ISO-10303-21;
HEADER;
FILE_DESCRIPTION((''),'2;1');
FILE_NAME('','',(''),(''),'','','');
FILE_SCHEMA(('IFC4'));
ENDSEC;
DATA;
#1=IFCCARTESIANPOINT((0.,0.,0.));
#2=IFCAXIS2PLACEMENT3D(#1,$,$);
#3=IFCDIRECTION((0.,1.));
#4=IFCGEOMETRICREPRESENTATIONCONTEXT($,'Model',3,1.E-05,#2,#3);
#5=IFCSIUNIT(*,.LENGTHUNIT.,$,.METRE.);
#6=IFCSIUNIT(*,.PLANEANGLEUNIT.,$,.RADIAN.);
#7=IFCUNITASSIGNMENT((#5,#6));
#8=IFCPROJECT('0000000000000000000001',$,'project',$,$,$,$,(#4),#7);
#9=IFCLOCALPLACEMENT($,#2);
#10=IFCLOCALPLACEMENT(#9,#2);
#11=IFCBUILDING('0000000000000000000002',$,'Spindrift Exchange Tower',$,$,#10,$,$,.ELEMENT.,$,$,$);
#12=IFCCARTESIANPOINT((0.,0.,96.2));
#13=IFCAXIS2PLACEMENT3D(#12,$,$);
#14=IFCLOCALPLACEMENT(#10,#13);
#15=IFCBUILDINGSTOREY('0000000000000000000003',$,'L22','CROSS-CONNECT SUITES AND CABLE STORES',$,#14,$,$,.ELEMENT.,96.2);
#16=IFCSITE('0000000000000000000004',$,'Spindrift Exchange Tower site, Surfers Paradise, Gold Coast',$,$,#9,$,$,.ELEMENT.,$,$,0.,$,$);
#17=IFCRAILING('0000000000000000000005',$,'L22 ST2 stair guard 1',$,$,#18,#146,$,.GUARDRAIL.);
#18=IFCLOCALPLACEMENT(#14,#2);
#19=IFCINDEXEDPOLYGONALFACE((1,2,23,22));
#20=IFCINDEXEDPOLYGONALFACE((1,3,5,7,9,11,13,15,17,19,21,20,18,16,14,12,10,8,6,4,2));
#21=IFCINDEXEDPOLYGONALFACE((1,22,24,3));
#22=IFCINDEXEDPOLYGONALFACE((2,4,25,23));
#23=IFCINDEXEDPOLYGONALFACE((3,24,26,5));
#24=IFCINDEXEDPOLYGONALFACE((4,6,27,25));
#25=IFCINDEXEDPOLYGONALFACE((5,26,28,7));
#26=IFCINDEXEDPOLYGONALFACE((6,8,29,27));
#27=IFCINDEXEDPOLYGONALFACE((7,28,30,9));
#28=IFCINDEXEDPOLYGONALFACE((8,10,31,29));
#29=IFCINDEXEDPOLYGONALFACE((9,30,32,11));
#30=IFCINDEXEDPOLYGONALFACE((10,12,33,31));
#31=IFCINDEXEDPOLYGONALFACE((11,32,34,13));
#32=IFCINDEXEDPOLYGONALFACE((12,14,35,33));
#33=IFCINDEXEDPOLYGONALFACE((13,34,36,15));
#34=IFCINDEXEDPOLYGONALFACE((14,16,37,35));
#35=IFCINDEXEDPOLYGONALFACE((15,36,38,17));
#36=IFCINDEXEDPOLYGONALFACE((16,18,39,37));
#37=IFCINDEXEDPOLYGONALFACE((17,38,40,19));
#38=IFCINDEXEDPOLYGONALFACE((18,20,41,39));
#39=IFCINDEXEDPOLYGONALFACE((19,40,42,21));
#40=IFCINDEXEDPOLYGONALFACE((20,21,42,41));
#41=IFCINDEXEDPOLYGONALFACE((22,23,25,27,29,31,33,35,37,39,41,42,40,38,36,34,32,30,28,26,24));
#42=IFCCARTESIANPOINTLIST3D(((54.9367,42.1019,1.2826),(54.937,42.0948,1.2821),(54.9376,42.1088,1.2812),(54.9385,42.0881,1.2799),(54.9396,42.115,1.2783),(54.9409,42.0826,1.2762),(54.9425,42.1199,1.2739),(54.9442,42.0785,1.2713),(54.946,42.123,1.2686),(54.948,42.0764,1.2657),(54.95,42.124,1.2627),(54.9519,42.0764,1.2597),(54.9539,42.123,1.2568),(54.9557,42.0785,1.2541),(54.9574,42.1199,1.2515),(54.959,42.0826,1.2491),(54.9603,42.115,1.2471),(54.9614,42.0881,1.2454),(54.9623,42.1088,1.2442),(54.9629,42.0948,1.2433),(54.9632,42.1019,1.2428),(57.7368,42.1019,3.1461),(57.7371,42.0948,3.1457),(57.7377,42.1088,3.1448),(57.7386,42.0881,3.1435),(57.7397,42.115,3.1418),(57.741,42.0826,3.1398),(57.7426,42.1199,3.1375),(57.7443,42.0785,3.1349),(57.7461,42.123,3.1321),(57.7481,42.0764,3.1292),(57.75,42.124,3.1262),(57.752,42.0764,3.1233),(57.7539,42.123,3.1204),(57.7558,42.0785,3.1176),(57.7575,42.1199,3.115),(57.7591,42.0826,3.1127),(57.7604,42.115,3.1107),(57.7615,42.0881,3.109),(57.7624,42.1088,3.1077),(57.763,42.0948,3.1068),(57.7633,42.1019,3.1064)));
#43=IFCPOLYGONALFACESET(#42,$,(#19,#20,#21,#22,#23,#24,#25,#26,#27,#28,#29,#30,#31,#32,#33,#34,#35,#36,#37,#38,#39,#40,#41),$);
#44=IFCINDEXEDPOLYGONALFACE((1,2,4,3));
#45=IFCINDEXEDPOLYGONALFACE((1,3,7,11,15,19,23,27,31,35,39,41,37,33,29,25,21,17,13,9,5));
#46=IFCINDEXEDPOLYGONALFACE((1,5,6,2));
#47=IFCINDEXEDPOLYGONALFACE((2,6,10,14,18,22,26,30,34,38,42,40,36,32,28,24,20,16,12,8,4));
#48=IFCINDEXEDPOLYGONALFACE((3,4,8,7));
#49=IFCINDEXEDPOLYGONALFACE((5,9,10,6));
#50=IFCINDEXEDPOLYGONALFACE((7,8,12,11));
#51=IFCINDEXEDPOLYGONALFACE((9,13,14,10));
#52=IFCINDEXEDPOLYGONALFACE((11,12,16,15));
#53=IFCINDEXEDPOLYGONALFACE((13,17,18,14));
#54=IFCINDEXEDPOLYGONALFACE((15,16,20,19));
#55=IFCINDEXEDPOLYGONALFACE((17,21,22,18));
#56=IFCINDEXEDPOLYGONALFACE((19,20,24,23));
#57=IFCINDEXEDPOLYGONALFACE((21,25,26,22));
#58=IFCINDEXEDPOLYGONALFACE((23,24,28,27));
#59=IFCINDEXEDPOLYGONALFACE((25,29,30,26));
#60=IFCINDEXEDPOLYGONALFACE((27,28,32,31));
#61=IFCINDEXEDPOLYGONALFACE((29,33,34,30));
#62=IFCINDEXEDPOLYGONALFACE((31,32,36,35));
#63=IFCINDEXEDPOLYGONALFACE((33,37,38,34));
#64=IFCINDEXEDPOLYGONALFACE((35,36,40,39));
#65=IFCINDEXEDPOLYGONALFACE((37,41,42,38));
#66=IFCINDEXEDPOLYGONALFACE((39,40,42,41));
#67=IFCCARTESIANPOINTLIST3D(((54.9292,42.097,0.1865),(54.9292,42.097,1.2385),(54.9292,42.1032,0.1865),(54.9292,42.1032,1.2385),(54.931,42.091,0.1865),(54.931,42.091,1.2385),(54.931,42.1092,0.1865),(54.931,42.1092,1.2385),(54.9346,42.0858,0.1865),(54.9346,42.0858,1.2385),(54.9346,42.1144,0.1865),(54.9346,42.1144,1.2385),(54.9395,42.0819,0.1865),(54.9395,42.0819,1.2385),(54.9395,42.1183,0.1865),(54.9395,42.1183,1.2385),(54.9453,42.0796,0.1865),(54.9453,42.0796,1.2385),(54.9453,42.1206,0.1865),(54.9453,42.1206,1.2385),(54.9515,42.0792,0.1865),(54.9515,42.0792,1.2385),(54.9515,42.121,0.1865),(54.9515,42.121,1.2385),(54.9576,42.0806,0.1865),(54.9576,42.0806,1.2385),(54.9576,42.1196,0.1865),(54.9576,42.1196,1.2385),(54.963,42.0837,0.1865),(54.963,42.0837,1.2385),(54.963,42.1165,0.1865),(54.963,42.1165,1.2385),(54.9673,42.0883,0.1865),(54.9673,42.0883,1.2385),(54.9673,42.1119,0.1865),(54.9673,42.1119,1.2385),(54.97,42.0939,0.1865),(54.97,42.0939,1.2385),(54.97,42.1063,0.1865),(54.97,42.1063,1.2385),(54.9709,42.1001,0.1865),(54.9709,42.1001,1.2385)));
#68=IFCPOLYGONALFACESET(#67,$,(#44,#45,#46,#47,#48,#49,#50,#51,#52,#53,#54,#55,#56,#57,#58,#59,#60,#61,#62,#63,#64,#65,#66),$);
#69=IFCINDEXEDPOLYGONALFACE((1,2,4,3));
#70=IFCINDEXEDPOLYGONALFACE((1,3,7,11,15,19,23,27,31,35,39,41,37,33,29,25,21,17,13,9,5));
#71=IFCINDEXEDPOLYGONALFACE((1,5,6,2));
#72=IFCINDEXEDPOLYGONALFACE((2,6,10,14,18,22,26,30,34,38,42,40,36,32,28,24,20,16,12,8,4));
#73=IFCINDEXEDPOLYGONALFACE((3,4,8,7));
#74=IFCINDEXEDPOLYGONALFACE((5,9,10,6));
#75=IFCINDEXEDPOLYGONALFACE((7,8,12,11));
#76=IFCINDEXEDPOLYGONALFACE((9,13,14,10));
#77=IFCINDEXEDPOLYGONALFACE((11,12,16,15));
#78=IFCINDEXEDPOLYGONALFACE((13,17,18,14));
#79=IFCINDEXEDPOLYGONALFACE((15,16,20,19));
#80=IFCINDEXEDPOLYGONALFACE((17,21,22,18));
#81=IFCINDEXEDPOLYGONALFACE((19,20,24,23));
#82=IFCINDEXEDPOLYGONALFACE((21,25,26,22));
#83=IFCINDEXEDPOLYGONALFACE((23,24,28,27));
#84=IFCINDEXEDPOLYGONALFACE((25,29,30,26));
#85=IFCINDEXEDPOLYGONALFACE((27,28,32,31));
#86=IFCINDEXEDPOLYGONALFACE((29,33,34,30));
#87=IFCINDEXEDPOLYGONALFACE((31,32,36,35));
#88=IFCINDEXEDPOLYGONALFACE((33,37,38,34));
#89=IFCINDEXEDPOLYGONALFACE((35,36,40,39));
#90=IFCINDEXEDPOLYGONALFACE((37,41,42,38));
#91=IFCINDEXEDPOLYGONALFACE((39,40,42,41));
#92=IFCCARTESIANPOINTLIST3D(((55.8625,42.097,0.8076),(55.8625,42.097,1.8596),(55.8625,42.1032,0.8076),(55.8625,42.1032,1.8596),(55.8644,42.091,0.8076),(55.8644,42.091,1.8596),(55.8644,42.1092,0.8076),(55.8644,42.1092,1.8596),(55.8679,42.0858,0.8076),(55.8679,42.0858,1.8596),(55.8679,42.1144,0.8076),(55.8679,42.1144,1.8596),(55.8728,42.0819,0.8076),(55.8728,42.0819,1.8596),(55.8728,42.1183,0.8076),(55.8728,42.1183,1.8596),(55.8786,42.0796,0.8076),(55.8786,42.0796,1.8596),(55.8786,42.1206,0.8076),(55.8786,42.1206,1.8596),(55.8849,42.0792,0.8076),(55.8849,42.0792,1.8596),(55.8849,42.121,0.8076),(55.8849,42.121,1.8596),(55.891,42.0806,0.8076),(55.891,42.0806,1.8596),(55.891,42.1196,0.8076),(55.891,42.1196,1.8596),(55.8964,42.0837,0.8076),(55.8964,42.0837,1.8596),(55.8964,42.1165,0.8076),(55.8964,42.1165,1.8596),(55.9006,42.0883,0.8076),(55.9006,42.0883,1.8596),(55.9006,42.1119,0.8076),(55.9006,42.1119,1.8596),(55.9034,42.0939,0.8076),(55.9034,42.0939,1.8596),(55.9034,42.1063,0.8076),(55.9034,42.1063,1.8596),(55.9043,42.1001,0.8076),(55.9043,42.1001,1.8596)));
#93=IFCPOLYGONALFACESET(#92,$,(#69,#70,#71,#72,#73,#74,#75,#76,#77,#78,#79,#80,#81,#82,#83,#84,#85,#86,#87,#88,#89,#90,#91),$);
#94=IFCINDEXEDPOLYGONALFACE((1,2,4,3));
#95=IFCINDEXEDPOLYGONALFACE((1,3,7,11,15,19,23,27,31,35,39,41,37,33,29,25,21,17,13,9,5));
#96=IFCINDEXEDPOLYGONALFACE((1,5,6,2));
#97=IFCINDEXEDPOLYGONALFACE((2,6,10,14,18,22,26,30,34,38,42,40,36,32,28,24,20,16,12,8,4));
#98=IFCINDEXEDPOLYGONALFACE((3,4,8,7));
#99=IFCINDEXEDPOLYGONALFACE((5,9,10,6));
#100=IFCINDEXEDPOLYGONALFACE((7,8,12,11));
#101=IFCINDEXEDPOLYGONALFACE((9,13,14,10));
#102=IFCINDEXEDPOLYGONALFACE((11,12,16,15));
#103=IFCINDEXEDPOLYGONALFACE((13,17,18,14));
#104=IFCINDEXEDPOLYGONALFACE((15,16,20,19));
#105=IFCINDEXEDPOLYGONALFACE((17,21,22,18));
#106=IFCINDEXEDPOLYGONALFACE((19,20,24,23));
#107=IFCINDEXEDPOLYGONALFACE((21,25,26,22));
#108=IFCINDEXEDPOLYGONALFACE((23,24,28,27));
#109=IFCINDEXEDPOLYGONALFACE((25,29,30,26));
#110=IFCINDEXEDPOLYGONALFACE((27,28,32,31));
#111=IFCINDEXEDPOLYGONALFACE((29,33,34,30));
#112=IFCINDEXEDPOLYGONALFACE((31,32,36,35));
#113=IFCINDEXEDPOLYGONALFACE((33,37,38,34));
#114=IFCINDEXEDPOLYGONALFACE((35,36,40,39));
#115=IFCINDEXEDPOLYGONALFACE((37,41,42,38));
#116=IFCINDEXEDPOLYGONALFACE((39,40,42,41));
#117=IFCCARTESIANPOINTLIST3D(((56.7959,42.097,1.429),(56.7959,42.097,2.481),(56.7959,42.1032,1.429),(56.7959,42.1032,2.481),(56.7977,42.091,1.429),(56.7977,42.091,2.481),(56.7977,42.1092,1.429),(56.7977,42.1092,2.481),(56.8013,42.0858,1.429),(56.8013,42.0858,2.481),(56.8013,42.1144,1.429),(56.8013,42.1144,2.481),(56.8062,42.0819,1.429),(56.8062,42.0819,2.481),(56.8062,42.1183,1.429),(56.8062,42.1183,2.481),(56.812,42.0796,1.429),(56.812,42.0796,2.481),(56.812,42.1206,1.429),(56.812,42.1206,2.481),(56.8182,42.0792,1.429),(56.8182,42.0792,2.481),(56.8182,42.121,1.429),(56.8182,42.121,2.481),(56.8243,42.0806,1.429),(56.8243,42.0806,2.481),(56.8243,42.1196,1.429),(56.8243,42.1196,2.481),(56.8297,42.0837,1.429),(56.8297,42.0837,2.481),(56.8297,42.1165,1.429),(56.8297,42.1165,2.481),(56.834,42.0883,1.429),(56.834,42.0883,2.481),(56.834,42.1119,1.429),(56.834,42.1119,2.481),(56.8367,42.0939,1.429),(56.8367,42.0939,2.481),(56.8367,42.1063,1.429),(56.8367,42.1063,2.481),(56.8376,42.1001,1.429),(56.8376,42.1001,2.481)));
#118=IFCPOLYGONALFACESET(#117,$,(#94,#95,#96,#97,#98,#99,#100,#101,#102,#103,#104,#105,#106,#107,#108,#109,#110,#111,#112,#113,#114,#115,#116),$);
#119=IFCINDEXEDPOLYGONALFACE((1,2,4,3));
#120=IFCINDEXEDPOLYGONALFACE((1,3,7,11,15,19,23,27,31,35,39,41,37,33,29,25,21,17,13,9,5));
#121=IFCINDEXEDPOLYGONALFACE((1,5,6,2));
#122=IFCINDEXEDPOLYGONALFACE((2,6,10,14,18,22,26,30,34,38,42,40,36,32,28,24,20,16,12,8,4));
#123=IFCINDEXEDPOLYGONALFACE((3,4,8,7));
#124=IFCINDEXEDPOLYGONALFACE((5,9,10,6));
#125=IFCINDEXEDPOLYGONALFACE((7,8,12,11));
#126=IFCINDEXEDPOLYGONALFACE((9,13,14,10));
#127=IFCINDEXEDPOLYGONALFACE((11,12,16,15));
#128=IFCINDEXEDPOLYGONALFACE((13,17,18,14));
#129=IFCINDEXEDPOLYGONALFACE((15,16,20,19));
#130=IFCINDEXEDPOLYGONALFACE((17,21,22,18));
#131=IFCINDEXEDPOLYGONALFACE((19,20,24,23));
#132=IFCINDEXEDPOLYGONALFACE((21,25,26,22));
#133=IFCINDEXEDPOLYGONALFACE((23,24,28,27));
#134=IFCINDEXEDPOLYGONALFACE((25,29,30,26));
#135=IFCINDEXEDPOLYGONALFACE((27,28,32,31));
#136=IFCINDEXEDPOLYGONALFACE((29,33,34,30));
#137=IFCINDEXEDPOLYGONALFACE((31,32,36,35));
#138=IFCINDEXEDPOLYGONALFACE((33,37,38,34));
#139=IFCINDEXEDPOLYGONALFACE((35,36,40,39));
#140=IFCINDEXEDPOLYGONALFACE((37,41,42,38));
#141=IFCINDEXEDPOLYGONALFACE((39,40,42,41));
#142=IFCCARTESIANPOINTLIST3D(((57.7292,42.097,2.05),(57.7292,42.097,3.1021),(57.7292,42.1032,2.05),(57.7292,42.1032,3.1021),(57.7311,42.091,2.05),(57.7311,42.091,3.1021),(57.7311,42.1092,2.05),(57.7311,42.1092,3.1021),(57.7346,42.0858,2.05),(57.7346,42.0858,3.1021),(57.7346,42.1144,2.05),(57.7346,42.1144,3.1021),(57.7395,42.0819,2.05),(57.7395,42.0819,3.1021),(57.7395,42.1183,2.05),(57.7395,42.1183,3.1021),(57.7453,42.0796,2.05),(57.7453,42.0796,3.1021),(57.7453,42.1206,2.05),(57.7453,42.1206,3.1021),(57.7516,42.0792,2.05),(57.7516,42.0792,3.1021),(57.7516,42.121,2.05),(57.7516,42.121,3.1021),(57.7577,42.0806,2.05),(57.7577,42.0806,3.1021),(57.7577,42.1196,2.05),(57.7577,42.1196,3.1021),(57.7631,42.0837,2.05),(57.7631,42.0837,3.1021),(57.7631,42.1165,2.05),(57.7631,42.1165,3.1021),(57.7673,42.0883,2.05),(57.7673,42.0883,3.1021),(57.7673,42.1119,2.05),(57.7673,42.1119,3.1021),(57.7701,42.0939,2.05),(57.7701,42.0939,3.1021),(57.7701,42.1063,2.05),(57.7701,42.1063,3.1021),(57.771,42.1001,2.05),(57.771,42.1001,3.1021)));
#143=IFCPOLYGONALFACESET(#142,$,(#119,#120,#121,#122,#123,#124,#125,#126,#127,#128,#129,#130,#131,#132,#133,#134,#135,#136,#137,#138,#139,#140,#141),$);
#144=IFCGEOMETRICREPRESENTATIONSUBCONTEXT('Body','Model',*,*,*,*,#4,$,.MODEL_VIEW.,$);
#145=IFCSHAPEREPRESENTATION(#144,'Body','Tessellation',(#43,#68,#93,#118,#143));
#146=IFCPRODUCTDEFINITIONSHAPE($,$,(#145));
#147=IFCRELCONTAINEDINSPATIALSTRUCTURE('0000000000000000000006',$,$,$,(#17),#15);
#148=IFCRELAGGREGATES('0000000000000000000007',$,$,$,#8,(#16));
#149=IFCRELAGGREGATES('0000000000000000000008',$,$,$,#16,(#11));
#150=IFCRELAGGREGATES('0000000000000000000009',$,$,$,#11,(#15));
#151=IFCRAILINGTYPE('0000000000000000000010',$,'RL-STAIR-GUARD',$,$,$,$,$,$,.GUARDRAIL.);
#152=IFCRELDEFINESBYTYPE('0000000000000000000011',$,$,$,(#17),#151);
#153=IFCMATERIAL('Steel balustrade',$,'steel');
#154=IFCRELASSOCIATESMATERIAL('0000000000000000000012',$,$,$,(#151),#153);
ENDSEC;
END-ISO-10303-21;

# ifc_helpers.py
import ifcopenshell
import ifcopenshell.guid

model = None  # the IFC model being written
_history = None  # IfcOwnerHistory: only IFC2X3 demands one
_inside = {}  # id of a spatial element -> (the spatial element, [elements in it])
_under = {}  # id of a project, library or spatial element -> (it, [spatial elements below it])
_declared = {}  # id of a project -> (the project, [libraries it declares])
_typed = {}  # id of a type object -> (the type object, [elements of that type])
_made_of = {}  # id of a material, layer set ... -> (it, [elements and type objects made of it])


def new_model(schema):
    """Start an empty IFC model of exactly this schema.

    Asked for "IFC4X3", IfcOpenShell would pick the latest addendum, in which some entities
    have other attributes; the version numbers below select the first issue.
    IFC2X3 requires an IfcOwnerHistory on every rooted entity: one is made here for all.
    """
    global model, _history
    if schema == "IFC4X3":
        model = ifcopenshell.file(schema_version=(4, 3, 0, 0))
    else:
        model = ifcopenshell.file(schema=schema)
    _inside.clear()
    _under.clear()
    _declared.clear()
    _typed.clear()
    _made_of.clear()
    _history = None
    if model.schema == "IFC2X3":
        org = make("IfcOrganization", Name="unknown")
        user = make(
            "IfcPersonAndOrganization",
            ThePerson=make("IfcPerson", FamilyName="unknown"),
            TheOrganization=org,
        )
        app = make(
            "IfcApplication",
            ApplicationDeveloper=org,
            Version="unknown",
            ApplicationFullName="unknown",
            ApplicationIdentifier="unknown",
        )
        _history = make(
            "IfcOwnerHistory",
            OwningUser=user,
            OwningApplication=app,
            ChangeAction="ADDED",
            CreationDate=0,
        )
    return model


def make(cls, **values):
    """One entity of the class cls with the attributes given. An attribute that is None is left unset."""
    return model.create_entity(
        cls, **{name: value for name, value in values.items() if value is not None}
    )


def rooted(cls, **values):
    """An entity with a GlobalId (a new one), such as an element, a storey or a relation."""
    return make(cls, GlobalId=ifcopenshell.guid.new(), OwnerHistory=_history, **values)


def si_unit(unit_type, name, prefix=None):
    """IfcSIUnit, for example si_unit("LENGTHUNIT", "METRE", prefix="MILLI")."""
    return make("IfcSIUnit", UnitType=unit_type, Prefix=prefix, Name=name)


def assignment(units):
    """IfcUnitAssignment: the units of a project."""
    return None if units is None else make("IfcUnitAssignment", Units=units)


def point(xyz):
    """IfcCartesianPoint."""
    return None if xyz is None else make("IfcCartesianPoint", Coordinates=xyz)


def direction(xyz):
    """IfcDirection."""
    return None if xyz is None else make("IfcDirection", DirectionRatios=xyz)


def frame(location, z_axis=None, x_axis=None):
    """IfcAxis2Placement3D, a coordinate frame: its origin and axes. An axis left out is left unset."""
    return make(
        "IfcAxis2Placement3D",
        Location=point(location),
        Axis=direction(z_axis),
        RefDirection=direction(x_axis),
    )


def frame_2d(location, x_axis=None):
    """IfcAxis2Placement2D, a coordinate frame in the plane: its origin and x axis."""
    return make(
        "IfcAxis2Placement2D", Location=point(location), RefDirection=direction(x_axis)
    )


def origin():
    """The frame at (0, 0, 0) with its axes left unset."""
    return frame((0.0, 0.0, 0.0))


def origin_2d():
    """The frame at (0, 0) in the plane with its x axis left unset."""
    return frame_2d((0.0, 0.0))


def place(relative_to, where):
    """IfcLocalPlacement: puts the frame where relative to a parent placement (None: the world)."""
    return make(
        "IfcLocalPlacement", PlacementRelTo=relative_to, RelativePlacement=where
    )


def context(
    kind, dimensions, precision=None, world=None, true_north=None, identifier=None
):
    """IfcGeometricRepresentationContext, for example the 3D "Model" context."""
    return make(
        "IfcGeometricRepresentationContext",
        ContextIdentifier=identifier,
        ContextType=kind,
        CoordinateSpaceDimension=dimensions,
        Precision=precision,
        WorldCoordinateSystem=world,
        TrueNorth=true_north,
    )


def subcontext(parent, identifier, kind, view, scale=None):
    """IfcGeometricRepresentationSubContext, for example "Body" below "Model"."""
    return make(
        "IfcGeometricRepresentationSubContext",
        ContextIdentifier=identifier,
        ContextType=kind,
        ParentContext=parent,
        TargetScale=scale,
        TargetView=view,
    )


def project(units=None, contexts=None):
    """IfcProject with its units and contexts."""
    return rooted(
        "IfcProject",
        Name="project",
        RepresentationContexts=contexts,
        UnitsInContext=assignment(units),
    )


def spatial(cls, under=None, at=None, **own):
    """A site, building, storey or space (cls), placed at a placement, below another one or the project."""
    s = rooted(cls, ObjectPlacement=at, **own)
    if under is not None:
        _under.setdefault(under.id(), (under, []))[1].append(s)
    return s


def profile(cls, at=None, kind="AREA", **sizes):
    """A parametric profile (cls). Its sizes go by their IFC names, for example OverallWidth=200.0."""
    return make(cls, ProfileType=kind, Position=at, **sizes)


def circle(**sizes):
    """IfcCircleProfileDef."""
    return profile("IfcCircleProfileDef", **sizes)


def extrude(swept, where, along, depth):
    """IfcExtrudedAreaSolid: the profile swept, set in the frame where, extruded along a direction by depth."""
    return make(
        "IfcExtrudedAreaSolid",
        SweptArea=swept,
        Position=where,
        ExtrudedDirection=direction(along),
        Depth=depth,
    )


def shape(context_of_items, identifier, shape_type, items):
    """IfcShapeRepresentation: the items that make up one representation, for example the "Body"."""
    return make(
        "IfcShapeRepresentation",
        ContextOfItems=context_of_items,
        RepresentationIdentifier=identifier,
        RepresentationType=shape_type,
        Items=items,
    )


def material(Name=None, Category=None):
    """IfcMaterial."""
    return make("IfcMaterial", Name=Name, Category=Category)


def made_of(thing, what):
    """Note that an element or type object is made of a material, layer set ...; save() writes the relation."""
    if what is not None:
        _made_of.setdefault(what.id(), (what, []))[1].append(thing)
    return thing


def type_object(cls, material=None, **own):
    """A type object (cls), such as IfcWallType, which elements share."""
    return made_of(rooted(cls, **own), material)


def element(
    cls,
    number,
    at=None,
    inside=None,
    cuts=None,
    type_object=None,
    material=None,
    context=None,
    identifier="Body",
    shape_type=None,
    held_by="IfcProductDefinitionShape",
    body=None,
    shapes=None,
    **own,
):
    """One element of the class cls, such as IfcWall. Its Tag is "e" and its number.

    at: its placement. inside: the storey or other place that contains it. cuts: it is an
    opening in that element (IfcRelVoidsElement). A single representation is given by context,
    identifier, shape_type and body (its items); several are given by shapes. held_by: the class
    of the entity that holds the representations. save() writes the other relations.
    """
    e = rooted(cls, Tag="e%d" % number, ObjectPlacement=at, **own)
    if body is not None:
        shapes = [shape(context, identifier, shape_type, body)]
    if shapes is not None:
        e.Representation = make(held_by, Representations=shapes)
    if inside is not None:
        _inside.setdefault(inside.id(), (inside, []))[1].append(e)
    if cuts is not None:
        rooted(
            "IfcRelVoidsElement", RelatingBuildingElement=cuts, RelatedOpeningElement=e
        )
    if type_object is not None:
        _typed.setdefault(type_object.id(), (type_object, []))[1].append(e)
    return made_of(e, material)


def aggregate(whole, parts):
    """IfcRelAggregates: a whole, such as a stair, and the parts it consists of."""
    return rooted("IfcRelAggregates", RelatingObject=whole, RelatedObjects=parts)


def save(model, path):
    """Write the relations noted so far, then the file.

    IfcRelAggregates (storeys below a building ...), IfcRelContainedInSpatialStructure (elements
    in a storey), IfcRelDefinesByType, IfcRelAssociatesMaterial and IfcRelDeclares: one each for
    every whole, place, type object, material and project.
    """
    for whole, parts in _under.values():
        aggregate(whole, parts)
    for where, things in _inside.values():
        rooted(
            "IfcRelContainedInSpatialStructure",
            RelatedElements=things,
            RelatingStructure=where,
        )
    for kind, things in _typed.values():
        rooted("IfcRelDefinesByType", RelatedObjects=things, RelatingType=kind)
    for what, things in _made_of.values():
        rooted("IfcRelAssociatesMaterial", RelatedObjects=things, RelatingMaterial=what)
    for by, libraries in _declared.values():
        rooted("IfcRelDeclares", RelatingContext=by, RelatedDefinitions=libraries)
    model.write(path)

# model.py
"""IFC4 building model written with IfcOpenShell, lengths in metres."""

from ifc_helpers import new_model, si_unit, direction, frame, origin, origin_2d, place, context, subcontext, project, spatial, circle, extrude, material, type_object, element, save


model = new_model("IFC4")

# Units and contexts
model_context = context("Model", 3, precision=1e-05, world=origin(), true_north=direction((0.0, 1.0)))
body_context = subcontext(model_context, "Body", "Model", "MODEL_VIEW")
ifc_project = project(units=[si_unit("LENGTHUNIT", "METRE"), si_unit("PLANEANGLEUNIT", "RADIAN")], contexts=[model_context])

# Site, building, storey
site_placement = place(None, origin())
site = spatial("IfcSite", under=ifc_project, at=site_placement, Name="Spindrift Exchange Tower site, Surfers Paradise, Gold Coast", CompositionType="ELEMENT", RefElevation=0.0)
building_placement = place(site_placement, origin())
building = spatial("IfcBuilding", under=site, at=building_placement, Name="Spindrift Exchange Tower", CompositionType="ELEMENT")
storey_placement = place(building_placement, frame((0.0, 0.0, 96.2)))
storey = spatial("IfcBuildingStorey", under=building, at=storey_placement, Name="L22", Description="CROSS-CONNECT SUITES AND CABLE STORES", CompositionType="ELEMENT", Elevation=96.2)

# Railing
ifc_material_1 = material(Name="Steel balustrade", Category="steel")
railing_type_1 = type_object("IfcRailingType", Name="RL-STAIR-GUARD", PredefinedType="GUARDRAIL", material=ifc_material_1)
railing_1_placement = place(storey_placement, frame((54.95, 42.1001, 0.1865)))
element("IfcRailing", 1, at=railing_1_placement, inside=storey, type_object=railing_type_1, Name="L22 ST2 stair guard 1", PredefinedType="GUARDRAIL", context=body_context, shape_type="SweptSolid", body=[
    extrude(circle(Radius=0.0239, at=origin_2d()), frame((0.0, 0.0, 1.0762), z_axis=(0.832486, 0.0, 0.554047), x_axis=(0.0, 1.0, 0.0)), (0.0, 0.0, 1.0), 3.3635),
    extrude(circle(Radius=0.021, at=origin_2d()), origin(), (0.0, 0.0, 1.0), 1.052),
    extrude(circle(Radius=0.021, at=origin_2d()), frame((0.9333, 0.0, 0.6211)), (0.0, 0.0, 1.0), 1.052),
    extrude(circle(Radius=0.021, at=origin_2d()), frame((1.8667, 0.0, 1.2424)), (0.0, 0.0, 1.0), 1.052),
    extrude(circle(Radius=0.021, at=origin_2d()), frame((2.8, 0.0, 1.8635)), (0.0, 0.0, 1.0), 1.052),
])

save(model, "model.ifc")
